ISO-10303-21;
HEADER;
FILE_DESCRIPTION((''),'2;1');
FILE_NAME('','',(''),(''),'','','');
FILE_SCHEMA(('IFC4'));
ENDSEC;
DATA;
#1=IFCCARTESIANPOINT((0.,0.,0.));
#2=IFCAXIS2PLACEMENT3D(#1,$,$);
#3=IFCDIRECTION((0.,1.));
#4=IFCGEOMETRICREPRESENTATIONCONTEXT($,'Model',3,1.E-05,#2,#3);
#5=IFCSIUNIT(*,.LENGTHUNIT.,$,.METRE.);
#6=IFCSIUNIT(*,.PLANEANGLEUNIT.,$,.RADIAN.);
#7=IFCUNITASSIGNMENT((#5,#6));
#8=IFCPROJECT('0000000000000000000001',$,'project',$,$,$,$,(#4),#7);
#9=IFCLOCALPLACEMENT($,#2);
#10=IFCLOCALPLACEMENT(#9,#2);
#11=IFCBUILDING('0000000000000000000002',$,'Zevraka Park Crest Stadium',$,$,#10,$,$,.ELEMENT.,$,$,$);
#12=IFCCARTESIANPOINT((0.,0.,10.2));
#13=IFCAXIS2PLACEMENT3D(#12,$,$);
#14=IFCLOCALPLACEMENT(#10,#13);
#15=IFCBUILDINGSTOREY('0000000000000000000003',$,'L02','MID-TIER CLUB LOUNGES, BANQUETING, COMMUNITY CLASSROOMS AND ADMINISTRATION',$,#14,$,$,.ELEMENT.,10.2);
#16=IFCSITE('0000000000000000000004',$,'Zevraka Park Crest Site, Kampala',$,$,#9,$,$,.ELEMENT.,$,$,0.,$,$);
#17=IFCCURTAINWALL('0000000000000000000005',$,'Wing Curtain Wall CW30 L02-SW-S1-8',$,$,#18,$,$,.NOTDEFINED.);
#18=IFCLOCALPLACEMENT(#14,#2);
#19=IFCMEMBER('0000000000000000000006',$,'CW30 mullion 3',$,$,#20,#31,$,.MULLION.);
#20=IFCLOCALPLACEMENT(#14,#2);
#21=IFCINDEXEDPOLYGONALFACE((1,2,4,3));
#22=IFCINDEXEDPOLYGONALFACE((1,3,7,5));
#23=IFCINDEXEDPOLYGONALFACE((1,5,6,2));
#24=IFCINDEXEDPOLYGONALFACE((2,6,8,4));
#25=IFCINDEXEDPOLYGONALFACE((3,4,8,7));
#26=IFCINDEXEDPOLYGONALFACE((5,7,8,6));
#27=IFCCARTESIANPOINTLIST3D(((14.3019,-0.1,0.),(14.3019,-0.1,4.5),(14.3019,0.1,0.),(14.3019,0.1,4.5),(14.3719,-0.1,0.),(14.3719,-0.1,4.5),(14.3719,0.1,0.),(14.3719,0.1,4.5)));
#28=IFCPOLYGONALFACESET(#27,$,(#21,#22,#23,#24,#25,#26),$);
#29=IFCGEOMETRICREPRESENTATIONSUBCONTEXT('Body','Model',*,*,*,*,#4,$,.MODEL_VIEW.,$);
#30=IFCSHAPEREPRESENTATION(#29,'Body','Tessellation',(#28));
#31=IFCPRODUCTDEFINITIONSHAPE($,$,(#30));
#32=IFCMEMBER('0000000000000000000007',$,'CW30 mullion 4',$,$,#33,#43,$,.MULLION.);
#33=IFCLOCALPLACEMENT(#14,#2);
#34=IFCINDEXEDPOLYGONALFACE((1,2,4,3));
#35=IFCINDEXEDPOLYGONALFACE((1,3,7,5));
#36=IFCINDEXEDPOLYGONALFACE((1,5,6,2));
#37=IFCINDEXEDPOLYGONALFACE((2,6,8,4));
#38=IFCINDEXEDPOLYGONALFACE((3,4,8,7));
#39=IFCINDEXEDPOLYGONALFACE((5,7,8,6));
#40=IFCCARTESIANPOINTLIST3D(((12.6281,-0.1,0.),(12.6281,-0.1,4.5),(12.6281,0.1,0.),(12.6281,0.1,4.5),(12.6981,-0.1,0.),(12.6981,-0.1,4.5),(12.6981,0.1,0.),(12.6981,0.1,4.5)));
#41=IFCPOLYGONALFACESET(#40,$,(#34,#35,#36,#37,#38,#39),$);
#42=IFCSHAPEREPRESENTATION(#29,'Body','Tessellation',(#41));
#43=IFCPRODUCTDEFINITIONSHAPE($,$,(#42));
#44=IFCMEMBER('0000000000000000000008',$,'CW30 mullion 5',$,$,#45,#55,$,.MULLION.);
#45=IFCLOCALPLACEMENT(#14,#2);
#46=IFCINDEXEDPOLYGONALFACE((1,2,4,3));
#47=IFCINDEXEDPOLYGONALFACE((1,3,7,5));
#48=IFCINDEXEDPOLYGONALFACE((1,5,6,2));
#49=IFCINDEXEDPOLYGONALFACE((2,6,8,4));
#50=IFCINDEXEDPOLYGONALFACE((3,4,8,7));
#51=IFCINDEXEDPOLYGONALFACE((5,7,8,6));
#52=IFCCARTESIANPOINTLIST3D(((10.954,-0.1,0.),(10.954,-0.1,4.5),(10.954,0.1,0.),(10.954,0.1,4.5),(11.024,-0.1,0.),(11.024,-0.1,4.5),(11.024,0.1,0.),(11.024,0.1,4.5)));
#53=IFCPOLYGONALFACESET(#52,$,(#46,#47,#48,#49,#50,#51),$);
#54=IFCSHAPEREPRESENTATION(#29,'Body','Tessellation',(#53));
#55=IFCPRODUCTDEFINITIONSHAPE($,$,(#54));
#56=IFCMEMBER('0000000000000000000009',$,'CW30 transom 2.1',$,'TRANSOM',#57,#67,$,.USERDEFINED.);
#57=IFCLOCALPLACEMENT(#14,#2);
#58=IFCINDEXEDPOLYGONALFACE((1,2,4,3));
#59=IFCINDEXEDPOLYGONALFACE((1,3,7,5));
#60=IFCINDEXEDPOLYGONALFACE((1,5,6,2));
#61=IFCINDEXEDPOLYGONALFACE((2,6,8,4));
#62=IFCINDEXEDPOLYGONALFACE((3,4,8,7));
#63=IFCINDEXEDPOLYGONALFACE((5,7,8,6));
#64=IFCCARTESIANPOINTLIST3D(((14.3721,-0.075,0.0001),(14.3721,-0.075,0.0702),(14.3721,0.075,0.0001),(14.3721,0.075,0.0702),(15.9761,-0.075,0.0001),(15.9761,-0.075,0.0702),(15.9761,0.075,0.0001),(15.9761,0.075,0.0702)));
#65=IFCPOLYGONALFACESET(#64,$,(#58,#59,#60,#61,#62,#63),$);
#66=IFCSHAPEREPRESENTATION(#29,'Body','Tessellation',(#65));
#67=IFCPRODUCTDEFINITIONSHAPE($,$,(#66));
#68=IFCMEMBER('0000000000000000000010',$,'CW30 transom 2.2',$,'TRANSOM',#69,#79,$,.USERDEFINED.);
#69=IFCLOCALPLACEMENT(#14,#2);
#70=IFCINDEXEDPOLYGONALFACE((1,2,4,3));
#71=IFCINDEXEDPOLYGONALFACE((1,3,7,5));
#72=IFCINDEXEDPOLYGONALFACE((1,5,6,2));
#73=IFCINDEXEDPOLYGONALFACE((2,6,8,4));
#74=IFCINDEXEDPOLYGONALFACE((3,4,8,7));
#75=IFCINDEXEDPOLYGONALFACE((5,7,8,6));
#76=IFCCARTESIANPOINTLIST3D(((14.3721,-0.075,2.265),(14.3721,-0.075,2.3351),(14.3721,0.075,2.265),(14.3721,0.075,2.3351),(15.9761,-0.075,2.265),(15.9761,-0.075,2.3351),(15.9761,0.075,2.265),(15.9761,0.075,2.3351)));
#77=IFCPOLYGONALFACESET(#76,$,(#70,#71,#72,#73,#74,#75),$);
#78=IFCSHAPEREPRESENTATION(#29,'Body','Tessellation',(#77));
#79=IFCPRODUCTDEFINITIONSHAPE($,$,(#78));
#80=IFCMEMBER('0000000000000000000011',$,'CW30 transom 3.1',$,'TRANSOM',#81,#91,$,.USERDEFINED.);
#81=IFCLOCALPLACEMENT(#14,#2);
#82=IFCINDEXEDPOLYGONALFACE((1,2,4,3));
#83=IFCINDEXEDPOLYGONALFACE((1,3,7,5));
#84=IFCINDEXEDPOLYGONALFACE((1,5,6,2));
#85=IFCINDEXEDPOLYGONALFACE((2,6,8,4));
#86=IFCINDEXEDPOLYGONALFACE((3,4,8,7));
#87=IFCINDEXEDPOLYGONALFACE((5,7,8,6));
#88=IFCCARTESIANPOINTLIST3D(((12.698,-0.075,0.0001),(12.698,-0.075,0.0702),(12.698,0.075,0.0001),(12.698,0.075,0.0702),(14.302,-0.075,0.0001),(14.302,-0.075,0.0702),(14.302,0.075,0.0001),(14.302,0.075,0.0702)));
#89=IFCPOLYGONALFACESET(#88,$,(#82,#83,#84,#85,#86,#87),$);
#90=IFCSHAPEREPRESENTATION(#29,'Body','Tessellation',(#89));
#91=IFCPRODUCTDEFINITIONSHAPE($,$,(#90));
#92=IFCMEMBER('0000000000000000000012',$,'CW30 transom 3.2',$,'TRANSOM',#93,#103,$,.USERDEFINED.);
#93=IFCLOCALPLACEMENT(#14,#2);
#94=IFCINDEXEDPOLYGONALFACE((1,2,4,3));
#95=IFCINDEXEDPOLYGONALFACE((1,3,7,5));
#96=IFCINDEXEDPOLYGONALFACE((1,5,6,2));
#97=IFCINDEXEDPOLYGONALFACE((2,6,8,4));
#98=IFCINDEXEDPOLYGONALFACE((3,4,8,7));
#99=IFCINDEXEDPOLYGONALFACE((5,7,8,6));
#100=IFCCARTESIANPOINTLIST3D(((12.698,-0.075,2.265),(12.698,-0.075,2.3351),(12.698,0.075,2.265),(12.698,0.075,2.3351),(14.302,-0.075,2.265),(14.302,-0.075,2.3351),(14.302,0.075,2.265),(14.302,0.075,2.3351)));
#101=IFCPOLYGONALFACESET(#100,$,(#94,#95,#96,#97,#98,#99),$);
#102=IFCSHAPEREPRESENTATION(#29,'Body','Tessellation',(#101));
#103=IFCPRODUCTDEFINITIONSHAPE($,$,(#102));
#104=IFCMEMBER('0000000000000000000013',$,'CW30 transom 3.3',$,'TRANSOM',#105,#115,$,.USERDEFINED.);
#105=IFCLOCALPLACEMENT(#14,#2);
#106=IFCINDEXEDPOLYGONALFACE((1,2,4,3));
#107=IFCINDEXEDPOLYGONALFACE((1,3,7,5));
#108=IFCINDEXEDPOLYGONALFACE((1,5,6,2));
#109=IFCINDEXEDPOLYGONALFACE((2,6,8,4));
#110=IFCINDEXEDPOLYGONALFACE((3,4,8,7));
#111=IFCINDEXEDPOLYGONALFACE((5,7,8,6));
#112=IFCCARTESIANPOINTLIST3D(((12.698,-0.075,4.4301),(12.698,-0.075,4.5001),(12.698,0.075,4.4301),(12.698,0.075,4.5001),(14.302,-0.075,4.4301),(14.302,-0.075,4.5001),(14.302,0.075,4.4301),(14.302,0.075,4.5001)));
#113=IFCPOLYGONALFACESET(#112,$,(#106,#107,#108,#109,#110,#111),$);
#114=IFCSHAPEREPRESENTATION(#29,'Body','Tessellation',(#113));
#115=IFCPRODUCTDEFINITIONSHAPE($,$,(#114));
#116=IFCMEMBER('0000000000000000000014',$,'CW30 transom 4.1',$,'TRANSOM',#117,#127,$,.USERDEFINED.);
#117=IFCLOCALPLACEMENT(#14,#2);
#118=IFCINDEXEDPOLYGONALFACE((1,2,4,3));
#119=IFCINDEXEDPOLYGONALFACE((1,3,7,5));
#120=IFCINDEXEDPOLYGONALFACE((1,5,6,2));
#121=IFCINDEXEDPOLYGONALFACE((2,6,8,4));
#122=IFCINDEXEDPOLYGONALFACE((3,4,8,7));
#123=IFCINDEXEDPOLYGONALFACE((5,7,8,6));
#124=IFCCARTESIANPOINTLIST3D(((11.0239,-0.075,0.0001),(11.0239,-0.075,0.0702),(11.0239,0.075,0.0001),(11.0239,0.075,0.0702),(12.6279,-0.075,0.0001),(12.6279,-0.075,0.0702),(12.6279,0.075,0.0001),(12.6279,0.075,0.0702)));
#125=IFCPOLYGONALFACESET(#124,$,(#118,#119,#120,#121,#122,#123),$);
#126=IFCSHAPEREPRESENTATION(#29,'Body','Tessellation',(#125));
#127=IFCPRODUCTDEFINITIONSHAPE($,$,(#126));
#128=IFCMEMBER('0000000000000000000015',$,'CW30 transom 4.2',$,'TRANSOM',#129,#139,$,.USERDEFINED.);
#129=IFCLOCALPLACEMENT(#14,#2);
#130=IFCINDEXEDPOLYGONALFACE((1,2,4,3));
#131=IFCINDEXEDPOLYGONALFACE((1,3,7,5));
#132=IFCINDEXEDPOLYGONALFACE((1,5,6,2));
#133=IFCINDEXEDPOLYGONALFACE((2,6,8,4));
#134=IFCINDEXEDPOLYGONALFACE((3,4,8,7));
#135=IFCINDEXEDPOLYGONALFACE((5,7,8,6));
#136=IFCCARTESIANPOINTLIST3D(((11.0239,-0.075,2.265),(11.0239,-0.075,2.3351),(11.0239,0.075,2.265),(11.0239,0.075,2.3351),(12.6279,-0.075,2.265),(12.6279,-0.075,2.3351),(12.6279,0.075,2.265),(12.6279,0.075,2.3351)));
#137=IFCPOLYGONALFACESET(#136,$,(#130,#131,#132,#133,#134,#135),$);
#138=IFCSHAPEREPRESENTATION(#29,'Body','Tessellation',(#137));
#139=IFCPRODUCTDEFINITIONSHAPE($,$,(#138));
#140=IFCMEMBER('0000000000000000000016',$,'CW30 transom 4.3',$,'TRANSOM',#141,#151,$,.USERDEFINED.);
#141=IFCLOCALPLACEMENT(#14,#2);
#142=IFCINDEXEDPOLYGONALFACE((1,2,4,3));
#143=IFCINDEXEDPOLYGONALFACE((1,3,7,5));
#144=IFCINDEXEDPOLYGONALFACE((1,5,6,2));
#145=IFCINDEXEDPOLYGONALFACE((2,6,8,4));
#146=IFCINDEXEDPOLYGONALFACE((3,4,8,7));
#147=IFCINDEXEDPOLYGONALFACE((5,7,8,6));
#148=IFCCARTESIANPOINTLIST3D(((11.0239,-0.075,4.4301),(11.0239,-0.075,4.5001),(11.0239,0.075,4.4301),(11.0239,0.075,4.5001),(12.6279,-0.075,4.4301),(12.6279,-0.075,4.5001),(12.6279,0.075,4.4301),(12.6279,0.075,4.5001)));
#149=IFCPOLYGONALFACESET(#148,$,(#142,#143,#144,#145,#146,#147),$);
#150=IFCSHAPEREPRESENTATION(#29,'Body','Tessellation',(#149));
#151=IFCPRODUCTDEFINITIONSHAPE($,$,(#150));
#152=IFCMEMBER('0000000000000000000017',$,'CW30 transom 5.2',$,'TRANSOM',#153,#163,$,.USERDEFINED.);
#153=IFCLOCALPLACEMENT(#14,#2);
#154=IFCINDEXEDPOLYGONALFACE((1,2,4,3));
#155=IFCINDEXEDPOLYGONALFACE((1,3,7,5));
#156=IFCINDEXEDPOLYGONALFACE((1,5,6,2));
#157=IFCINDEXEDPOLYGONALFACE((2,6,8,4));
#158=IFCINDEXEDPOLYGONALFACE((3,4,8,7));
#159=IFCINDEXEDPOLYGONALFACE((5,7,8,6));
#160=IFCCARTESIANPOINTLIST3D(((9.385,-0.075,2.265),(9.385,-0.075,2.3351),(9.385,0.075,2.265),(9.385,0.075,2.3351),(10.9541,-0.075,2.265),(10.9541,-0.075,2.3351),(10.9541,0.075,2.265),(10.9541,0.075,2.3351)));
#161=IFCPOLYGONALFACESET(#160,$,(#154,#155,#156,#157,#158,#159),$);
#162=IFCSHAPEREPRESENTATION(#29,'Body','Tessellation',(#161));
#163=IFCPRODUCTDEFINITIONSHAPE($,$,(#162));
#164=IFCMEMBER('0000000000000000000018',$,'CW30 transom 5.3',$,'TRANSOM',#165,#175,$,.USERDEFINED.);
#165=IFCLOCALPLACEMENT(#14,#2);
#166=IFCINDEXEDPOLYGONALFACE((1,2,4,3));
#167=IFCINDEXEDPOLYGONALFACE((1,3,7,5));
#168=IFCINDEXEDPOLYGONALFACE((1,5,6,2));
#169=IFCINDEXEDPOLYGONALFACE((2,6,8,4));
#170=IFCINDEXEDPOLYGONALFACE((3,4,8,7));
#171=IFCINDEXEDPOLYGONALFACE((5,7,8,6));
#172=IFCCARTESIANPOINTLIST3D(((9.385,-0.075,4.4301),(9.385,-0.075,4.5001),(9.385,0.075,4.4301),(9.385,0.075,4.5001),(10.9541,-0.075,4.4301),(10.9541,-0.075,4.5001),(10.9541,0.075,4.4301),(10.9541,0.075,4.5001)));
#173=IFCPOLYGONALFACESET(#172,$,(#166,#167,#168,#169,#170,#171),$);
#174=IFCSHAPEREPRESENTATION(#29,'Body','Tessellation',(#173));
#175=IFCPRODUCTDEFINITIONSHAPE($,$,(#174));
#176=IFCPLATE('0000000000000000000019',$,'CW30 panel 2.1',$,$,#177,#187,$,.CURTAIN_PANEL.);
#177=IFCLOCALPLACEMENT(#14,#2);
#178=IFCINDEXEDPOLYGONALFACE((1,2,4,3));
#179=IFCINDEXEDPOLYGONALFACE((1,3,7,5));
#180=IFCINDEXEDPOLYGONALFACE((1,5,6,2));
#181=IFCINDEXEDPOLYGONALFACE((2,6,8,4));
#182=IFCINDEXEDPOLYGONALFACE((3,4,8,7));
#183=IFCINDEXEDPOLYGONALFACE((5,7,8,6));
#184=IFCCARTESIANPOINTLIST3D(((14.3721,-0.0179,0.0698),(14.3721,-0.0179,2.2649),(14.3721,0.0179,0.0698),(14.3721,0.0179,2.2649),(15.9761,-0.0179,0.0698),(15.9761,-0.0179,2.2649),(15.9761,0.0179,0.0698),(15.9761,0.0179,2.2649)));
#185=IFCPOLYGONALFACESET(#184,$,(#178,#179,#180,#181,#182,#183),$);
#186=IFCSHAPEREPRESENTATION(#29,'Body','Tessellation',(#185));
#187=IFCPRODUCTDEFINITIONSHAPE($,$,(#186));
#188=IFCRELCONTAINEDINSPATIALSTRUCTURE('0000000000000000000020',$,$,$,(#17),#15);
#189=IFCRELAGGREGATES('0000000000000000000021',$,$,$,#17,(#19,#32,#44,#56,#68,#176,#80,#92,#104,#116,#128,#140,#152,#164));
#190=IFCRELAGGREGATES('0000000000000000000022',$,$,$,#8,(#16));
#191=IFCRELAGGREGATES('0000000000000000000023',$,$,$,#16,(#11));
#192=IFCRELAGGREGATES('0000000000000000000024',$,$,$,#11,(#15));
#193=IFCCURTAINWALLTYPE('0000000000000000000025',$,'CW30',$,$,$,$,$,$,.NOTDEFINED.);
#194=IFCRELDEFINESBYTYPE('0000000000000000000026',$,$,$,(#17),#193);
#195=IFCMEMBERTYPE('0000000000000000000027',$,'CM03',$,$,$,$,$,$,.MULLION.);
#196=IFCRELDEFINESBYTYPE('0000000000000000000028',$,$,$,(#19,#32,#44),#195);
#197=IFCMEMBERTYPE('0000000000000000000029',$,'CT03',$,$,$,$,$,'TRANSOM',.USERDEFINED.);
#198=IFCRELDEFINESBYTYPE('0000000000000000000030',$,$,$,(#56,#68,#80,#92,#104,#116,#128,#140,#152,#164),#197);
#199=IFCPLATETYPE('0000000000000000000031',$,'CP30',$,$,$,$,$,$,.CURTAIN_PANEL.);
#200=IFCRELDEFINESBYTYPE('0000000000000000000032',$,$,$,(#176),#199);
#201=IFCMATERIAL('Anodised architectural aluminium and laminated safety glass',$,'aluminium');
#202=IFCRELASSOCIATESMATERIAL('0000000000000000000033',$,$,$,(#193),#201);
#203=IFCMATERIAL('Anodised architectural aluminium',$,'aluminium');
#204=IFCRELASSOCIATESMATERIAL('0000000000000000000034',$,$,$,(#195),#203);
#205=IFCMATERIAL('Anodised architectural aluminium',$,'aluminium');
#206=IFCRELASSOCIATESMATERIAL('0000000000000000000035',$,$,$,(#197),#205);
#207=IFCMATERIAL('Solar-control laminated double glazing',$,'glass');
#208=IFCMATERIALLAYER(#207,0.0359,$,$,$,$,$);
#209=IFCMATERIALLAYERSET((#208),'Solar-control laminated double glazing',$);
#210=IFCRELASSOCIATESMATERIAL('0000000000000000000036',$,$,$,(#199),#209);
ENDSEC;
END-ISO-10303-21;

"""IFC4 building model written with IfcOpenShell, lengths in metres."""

from ifc_helpers import new_model, si_unit, direction, frame, origin, origin_2d, place, context, subcontext, project, spatial, rectangle, extrude, material, layer, layer_set, material_profile, profile_set, type_object, element, aggregate, save


model = new_model("IFC4")

# Units and contexts
model_context = context("Model", 3, precision=1e-05, world=origin(), true_north=direction((0.0, 1.0)))
body_context = subcontext(model_context, "Body", "Model", "MODEL_VIEW")
ifc_project = project(units=[si_unit("LENGTHUNIT", "METRE"), si_unit("PLANEANGLEUNIT", "RADIAN")], contexts=[model_context])

# Site, building, storey
site_placement = place(None, origin())
site = spatial("IfcSite", under=ifc_project, at=site_placement, Name="Zevraka Park Crest Site, Kampala", CompositionType="ELEMENT", RefElevation=0.0)
building_placement = place(site_placement, origin())
building = spatial("IfcBuilding", under=site, at=building_placement, Name="Zevraka Park Crest Stadium", CompositionType="ELEMENT")
storey_placement = place(building_placement, frame((0.0, 0.0, 10.2)))
storey = spatial("IfcBuildingStorey", under=building, at=storey_placement, Name="L02", Description="MID-TIER CLUB LOUNGES, BANQUETING, COMMUNITY CLASSROOMS AND ADMINISTRATION", CompositionType="ELEMENT", Elevation=10.2)

# Curtain wall, members, plate
ifc_material_1 = material(Name="Anodised architectural aluminium and laminated safety glass", Category="aluminium")
curtain_wall_type = type_object("IfcCurtainWallType", Name="CW30", PredefinedType="NOTDEFINED", material=ifc_material_1)
curtain_wall_placement = place(storey_placement, origin())
curtain_wall = element("IfcCurtainWall", 1, at=curtain_wall_placement, inside=storey, type_object=curtain_wall_type, Name="Wing Curtain Wall CW30 L02-SW-S1-8", PredefinedType="NOTDEFINED")
ifc_material_2 = material(Name="Anodised architectural aluminium", Category="aluminium")
ifc_material_profile_1 = material_profile(ifc_material_2, rectangle(XDim=0.2, YDim=0.0701, at=origin_2d()), Name="ALU MULLION 200x70")
ifc_profile_set_1 = profile_set([ifc_material_profile_1], Name="Anodised architectural aluminium")
member_type_1 = type_object("IfcMemberType", Name="CM03", PredefinedType="MULLION", material=ifc_profile_set_1)
member_1_placement = place(storey_placement, frame((14.3369, 0.0, 0.0), z_axis=(0.0, 0.0, 1.0), x_axis=(0.0, -1.0, 0.0)))
member_1 = element("IfcMember", 2, at=member_1_placement, type_object=member_type_1, Name="CW30 mullion 3", PredefinedType="MULLION", context=body_context, shape_type="SweptSolid", body=[
    extrude(rectangle(XDim=0.2, YDim=0.0701, at=origin_2d()), origin(), (0.0, 0.0, 1.0), 4.5),
])
member_2_placement = place(storey_placement, frame((12.6631, 0.0, 0.0), z_axis=(0.0, 0.0, 1.0), x_axis=(0.0, -1.0, 0.0)))
member_2 = element("IfcMember", 3, at=member_2_placement, type_object=member_type_1, Name="CW30 mullion 4", PredefinedType="MULLION", context=body_context, shape_type="SweptSolid", body=[
    extrude(rectangle(XDim=0.2, YDim=0.0701, at=origin_2d()), origin(), (0.0, 0.0, 1.0), 4.5),
])
member_3_placement = place(storey_placement, frame((10.989, 0.0, 0.0), z_axis=(0.0, 0.0, 1.0), x_axis=(0.0, -1.0, 0.0)))
member_3 = element("IfcMember", 4, at=member_3_placement, type_object=member_type_1, Name="CW30 mullion 5", PredefinedType="MULLION", context=body_context, shape_type="SweptSolid", body=[
    extrude(rectangle(XDim=0.2, YDim=0.0701, at=origin_2d()), origin(), (0.0, 0.0, 1.0), 4.5),
])
ifc_material_3 = material(Name="Anodised architectural aluminium", Category="aluminium")
ifc_material_profile_2 = material_profile(ifc_material_3, rectangle(XDim=0.1499, YDim=0.0701, at=origin_2d()), Name="ALU TRANSOM 150x70")
ifc_profile_set_2 = profile_set([ifc_material_profile_2], Name="Anodised architectural aluminium")
member_type_2 = type_object("IfcMemberType", Name="CT03", ElementType="TRANSOM", PredefinedType="USERDEFINED", material=ifc_profile_set_2)
member_4_placement = place(storey_placement, frame((15.9761, 0.0, 0.0352), z_axis=(-1.0, 0.0, 0.0), x_axis=(0.0, -1.0, 0.0)))
member_4 = element("IfcMember", 5, at=member_4_placement, type_object=member_type_2, Name="CW30 transom 2.1", ObjectType="TRANSOM", PredefinedType="USERDEFINED", context=body_context, shape_type="SweptSolid", body=[
    extrude(rectangle(XDim=0.1499, YDim=0.0701, at=origin_2d()), origin(), (0.0, 0.0, 1.0), 1.604),
])
member_5_placement = place(storey_placement, frame((15.9761, 0.0, 2.3), z_axis=(-1.0, 0.0, 0.0), x_axis=(0.0, -1.0, 0.0)))
member_5 = element("IfcMember", 6, at=member_5_placement, type_object=member_type_2, Name="CW30 transom 2.2", ObjectType="TRANSOM", PredefinedType="USERDEFINED", context=body_context, shape_type="SweptSolid", body=[
    extrude(rectangle(XDim=0.1499, YDim=0.0701, at=origin_2d()), origin(), (0.0, 0.0, 1.0), 1.604),
])
member_6_placement = place(storey_placement, frame((14.302, 0.0, 0.0352), z_axis=(-1.0, 0.0, 0.0), x_axis=(0.0, -1.0, 0.0)))
member_6 = element("IfcMember", 7, at=member_6_placement, type_object=member_type_2, Name="CW30 transom 3.1", ObjectType="TRANSOM", PredefinedType="USERDEFINED", context=body_context, shape_type="SweptSolid", body=[
    extrude(rectangle(XDim=0.1499, YDim=0.0701, at=origin_2d()), origin(), (0.0, 0.0, 1.0), 1.604),
])
member_7_placement = place(storey_placement, frame((14.302, 0.0, 2.3), z_axis=(-1.0, 0.0, 0.0), x_axis=(0.0, -1.0, 0.0)))
member_7 = element("IfcMember", 8, at=member_7_placement, type_object=member_type_2, Name="CW30 transom 3.2", ObjectType="TRANSOM", PredefinedType="USERDEFINED", context=body_context, shape_type="SweptSolid", body=[
    extrude(rectangle(XDim=0.1499, YDim=0.0701, at=origin_2d()), origin(), (0.0, 0.0, 1.0), 1.604),
])
member_8_placement = place(storey_placement, frame((14.302, 0.0, 4.4651), z_axis=(-1.0, 0.0, 0.0), x_axis=(0.0, -1.0, 0.0)))
member_8 = element("IfcMember", 9, at=member_8_placement, type_object=member_type_2, Name="CW30 transom 3.3", ObjectType="TRANSOM", PredefinedType="USERDEFINED", context=body_context, shape_type="SweptSolid", body=[
    extrude(rectangle(XDim=0.1499, YDim=0.0701, at=origin_2d()), origin(), (0.0, 0.0, 1.0), 1.604),
])
member_9_placement = place(storey_placement, frame((12.6279, 0.0, 0.0352), z_axis=(-1.0, 0.0, 0.0), x_axis=(0.0, -1.0, 0.0)))
member_9 = element("IfcMember", 10, at=member_9_placement, type_object=member_type_2, Name="CW30 transom 4.1", ObjectType="TRANSOM", PredefinedType="USERDEFINED", context=body_context, shape_type="SweptSolid", body=[
    extrude(rectangle(XDim=0.1499, YDim=0.0701, at=origin_2d()), origin(), (0.0, 0.0, 1.0), 1.604),
])
member_10_placement = place(storey_placement, frame((12.6279, 0.0, 2.3), z_axis=(-1.0, 0.0, 0.0), x_axis=(0.0, -1.0, 0.0)))
member_10 = element("IfcMember", 11, at=member_10_placement, type_object=member_type_2, Name="CW30 transom 4.2", ObjectType="TRANSOM", PredefinedType="USERDEFINED", context=body_context, shape_type="SweptSolid", body=[
    extrude(rectangle(XDim=0.1499, YDim=0.0701, at=origin_2d()), origin(), (0.0, 0.0, 1.0), 1.604),
])
member_11_placement = place(storey_placement, frame((12.6279, 0.0, 4.4651), z_axis=(-1.0, 0.0, 0.0), x_axis=(0.0, -1.0, 0.0)))
member_11 = element("IfcMember", 12, at=member_11_placement, type_object=member_type_2, Name="CW30 transom 4.3", ObjectType="TRANSOM", PredefinedType="USERDEFINED", context=body_context, shape_type="SweptSolid", body=[
    extrude(rectangle(XDim=0.1499, YDim=0.0701, at=origin_2d()), origin(), (0.0, 0.0, 1.0), 1.604),
])
member_12_placement = place(storey_placement, frame((10.9541, 0.0, 2.3), z_axis=(-1.0, 0.0, 0.0), x_axis=(0.0, -1.0, 0.0)))
member_12 = element("IfcMember", 13, at=member_12_placement, type_object=member_type_2, Name="CW30 transom 5.2", ObjectType="TRANSOM", PredefinedType="USERDEFINED", context=body_context, shape_type="SweptSolid", body=[
    extrude(rectangle(XDim=0.1499, YDim=0.0701, at=origin_2d()), origin(), (0.0, 0.0, 1.0), 1.5691),
])
member_13_placement = place(storey_placement, frame((10.9541, 0.0, 4.4651), z_axis=(-1.0, 0.0, 0.0), x_axis=(0.0, -1.0, 0.0)))
member_13 = element("IfcMember", 14, at=member_13_placement, type_object=member_type_2, Name="CW30 transom 5.3", ObjectType="TRANSOM", PredefinedType="USERDEFINED", context=body_context, shape_type="SweptSolid", body=[
    extrude(rectangle(XDim=0.1499, YDim=0.0701, at=origin_2d()), origin(), (0.0, 0.0, 1.0), 1.5691),
])
ifc_material_4 = material(Name="Solar-control laminated double glazing", Category="glass")
ifc_layer_1 = layer(ifc_material_4, 0.0359)
ifc_layer_set_1 = layer_set([ifc_layer_1], Name="Solar-control laminated double glazing")
plate_type = type_object("IfcPlateType", Name="CP30", PredefinedType="CURTAIN_PANEL", material=ifc_layer_set_1)
plate_1_placement = place(storey_placement, frame((15.1741, 0.0, 0.0698), z_axis=(0.0, 0.0, 1.0), x_axis=(-1.0, 0.0, 0.0)))
plate_1 = element("IfcPlate", 15, at=plate_1_placement, type_object=plate_type, Name="CW30 panel 2.1", PredefinedType="CURTAIN_PANEL", context=body_context, shape_type="SweptSolid", body=[
    extrude(rectangle(XDim=1.604, YDim=0.0359, at=origin_2d()), origin(), (0.0, 0.0, 1.0), 2.1951),
])
aggregate(curtain_wall, [member_1, member_2, member_3, member_4, member_5, plate_1, member_6, member_7, member_8, member_9, member_10, member_11, member_12, member_13])

save(model, "model.ifc")
